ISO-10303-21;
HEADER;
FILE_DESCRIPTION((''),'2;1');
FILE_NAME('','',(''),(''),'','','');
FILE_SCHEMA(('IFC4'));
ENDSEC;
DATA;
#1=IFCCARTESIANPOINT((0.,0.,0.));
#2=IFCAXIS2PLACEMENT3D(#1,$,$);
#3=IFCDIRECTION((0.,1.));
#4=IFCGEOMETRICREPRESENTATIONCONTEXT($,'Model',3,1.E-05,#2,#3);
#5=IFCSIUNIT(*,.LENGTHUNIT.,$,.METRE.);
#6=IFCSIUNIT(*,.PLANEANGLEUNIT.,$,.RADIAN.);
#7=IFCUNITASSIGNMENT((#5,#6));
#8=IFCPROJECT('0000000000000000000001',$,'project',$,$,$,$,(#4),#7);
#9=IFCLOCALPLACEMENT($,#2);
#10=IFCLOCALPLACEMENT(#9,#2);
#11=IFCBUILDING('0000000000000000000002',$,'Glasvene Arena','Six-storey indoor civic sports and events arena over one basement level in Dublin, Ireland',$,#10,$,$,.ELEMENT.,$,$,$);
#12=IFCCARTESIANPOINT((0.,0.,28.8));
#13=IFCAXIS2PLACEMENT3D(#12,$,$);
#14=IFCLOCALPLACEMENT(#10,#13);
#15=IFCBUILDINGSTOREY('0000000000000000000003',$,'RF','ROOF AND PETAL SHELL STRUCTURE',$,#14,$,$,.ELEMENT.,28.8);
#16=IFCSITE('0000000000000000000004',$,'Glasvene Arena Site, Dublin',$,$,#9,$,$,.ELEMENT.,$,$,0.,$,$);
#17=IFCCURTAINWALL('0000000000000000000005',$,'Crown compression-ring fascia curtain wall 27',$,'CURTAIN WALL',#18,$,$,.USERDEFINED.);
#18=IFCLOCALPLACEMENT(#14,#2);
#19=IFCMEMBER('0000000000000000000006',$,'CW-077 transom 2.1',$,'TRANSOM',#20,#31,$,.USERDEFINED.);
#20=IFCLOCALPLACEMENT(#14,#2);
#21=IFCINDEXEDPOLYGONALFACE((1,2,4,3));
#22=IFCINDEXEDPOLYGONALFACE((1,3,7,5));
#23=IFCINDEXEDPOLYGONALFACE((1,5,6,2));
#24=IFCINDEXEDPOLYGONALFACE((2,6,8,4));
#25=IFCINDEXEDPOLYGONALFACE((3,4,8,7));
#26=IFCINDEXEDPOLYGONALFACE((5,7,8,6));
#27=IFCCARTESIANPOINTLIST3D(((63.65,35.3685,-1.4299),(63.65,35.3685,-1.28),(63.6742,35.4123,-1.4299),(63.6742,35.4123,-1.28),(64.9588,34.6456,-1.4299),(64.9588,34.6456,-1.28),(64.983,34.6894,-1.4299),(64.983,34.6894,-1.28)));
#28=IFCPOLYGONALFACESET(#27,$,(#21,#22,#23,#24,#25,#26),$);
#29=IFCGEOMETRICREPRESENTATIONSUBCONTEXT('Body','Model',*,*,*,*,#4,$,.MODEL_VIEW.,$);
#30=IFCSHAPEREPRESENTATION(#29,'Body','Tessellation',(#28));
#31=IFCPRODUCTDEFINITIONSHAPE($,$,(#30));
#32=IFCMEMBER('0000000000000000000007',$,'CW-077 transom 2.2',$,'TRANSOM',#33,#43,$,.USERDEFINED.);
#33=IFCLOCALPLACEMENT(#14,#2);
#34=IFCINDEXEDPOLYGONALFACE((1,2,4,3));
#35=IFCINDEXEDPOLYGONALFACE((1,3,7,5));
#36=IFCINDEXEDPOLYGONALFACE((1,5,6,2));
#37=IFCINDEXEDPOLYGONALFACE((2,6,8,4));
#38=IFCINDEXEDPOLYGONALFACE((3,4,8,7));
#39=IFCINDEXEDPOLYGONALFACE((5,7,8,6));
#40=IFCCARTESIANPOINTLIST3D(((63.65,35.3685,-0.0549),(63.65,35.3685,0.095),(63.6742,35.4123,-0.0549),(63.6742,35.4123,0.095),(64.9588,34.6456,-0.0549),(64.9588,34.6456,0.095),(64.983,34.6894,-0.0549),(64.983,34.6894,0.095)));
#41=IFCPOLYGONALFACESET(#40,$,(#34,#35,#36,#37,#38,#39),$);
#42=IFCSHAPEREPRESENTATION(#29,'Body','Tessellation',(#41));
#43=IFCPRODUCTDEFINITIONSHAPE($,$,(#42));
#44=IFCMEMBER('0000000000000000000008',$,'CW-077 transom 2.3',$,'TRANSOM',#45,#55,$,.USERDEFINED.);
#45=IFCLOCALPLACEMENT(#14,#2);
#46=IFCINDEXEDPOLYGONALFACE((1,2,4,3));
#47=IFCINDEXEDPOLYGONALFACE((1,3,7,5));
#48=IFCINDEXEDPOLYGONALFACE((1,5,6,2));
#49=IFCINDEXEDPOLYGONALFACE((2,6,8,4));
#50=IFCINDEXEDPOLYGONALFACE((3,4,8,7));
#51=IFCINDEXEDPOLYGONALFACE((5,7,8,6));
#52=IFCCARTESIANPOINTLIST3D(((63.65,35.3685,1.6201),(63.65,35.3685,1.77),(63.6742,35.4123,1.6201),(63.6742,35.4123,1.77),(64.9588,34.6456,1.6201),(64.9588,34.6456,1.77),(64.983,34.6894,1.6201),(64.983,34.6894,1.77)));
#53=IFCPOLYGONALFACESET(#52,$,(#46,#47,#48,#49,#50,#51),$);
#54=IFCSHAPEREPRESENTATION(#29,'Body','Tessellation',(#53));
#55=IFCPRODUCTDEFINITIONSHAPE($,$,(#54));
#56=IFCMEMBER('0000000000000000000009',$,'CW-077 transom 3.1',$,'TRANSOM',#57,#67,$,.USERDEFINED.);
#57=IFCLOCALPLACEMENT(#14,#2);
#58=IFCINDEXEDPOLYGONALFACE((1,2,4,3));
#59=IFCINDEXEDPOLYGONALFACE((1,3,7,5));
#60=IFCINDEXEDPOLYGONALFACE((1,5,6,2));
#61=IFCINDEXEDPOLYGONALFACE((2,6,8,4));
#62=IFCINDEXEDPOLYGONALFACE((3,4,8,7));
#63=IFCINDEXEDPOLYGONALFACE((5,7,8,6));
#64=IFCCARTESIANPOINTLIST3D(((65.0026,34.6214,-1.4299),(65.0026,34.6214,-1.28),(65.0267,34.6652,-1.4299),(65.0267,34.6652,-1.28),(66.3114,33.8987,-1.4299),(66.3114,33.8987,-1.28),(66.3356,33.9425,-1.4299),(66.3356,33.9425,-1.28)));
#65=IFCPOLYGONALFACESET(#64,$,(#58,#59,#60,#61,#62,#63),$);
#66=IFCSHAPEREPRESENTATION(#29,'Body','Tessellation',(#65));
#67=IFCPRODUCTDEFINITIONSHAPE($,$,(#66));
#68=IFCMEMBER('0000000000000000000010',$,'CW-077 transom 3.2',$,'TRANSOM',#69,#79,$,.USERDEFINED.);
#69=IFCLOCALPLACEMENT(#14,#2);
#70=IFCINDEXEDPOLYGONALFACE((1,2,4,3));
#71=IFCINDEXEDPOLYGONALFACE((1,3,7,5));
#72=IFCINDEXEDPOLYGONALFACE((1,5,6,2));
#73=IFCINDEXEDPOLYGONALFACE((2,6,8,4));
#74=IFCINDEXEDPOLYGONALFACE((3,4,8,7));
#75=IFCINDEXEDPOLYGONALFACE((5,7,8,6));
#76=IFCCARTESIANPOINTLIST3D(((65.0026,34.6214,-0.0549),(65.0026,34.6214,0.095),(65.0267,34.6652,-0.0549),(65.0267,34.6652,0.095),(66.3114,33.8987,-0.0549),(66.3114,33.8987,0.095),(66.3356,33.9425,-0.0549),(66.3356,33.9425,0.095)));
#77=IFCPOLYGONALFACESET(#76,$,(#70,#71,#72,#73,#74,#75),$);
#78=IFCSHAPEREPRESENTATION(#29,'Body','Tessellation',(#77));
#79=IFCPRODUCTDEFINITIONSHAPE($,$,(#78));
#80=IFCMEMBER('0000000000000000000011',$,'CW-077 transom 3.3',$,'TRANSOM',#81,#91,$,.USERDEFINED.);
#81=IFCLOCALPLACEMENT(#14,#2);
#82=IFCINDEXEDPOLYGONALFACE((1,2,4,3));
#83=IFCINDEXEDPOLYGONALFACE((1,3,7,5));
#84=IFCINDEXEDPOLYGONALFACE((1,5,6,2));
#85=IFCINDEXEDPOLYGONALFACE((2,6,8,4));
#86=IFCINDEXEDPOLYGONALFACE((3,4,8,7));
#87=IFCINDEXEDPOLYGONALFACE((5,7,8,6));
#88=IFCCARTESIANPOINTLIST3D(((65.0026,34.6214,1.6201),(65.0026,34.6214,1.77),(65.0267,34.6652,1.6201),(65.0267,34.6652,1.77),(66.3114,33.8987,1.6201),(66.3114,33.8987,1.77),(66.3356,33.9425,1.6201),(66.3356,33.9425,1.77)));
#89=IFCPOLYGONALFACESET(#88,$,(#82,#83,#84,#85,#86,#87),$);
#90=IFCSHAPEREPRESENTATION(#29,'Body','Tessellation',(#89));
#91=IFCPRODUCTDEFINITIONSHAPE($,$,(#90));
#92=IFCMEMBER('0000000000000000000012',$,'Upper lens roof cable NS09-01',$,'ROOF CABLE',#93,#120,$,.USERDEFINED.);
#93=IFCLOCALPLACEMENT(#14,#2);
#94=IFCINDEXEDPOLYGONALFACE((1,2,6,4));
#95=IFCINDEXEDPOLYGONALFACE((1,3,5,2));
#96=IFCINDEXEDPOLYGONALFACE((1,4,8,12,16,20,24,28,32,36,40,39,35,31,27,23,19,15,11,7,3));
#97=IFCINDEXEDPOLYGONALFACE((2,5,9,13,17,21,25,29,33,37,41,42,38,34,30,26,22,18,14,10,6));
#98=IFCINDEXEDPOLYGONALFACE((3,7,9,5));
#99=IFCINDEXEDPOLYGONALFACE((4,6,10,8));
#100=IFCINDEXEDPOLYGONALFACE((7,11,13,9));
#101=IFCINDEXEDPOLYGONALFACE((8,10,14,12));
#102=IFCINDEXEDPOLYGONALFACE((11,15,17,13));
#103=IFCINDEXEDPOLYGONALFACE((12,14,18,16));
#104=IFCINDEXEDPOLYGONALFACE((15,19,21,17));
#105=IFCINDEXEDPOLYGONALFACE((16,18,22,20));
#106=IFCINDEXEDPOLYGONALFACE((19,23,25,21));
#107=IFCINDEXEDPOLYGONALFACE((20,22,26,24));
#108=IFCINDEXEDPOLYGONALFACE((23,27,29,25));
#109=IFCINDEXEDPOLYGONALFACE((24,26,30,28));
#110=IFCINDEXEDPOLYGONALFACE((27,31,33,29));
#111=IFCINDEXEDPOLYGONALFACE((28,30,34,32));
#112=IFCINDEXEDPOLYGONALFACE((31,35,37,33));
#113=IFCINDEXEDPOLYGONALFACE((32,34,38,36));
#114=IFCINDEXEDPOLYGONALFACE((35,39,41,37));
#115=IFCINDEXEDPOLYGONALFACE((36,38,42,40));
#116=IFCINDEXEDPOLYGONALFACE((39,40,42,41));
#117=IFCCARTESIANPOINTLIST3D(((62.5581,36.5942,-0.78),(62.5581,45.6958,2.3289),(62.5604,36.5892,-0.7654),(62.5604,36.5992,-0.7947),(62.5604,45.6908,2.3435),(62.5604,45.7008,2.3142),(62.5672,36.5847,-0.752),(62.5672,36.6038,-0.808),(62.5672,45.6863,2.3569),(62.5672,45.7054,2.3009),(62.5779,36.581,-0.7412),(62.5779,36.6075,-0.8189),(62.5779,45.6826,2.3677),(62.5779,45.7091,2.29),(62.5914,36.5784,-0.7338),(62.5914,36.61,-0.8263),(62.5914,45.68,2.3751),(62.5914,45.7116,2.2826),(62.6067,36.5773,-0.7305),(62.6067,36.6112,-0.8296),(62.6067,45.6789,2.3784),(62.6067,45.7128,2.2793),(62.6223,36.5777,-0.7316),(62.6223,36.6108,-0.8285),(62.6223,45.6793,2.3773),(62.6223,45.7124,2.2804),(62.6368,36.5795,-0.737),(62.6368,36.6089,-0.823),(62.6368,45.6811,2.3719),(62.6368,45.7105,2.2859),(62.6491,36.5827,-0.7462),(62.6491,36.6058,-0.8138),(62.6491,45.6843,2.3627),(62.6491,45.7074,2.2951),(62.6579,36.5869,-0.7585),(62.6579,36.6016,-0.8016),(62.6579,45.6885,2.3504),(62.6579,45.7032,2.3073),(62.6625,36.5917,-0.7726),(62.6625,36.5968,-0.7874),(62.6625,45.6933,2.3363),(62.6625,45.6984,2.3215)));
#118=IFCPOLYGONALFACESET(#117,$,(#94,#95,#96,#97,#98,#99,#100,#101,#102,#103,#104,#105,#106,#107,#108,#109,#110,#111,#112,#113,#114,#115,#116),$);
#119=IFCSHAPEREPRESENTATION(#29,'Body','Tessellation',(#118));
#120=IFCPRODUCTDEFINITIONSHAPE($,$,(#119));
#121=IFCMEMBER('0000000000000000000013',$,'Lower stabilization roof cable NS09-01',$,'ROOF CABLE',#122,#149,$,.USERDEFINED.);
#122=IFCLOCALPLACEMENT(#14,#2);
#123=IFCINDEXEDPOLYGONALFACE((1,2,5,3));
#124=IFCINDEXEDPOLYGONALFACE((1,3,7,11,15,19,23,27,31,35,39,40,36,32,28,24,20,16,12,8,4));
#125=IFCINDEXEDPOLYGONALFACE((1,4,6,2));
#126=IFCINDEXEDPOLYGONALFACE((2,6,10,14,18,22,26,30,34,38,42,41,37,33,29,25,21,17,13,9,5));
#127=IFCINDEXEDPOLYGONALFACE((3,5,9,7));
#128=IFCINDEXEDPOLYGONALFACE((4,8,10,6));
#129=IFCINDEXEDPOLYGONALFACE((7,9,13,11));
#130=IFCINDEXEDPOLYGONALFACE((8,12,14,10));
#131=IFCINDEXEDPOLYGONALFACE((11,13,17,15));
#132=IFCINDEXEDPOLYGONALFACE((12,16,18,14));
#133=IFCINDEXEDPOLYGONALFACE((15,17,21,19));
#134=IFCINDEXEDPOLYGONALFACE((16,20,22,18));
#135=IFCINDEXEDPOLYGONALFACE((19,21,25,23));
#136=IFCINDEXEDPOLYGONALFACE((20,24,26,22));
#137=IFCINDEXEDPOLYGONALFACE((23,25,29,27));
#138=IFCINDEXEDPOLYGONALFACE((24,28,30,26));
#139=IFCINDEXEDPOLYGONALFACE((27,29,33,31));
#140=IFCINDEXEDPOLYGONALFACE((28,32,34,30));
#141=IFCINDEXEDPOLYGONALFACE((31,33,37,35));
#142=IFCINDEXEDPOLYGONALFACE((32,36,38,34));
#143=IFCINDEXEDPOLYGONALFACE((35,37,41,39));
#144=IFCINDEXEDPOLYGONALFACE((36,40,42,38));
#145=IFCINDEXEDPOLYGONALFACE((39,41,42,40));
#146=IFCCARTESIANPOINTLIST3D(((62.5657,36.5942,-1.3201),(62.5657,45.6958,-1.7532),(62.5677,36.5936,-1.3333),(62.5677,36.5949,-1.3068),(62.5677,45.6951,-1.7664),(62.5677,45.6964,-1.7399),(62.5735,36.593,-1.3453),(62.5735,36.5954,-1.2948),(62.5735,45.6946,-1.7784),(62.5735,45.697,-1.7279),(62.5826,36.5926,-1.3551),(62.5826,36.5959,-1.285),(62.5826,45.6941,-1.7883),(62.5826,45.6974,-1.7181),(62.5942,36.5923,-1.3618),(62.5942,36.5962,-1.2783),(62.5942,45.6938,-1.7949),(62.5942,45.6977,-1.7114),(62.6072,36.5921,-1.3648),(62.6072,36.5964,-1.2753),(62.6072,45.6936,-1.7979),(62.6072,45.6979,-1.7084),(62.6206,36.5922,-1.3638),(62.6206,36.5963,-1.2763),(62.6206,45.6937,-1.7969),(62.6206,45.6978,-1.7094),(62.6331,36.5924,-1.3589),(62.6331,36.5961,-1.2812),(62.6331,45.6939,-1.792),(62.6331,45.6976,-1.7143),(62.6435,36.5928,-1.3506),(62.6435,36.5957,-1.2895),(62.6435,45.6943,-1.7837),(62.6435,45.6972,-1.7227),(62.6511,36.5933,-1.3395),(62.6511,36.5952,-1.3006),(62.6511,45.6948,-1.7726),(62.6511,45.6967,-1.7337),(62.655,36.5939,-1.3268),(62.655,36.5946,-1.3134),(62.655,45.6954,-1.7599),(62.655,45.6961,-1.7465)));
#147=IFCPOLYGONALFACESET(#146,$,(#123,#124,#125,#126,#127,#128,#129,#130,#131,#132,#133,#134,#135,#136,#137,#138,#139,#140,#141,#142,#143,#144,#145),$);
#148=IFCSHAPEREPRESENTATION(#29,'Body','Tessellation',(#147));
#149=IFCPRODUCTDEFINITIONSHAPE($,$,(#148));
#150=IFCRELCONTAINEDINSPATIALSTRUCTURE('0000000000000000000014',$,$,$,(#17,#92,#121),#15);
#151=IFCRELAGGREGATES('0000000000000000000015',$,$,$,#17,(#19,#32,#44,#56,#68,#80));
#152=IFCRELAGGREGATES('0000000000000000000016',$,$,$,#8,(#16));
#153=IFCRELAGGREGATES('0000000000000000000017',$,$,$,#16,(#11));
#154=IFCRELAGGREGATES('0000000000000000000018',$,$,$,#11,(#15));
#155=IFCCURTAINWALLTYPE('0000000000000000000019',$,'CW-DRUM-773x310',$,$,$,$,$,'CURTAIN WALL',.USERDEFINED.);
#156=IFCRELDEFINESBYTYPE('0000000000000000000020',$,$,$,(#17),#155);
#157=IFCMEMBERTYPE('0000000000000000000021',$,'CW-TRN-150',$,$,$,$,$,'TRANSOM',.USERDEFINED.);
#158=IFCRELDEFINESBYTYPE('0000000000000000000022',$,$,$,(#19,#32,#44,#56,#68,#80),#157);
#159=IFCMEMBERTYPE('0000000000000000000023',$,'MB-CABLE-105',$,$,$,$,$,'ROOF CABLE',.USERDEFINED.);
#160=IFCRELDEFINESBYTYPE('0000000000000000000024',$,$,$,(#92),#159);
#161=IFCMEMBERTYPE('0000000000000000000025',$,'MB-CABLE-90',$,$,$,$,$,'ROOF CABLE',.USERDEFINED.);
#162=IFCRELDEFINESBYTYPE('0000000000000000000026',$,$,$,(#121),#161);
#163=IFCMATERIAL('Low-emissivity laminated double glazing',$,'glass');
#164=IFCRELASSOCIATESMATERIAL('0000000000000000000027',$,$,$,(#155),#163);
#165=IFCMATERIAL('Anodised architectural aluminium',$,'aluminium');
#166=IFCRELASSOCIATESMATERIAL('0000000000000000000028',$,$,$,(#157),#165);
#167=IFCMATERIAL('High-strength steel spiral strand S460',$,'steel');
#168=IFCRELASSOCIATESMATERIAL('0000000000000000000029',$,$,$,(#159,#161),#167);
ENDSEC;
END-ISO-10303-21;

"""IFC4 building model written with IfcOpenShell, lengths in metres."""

from ifc_helpers import new_model, si_unit, direction, frame, origin, origin_2d, place, context, subcontext, project, spatial, rectangle, circle, extrude, material, material_profile, profile_set, type_object, element, aggregate, save


model = new_model("IFC4")

# Units and contexts
model_context = context("Model", 3, precision=1e-05, world=origin(), true_north=direction((0.0, 1.0)))
body_context = subcontext(model_context, "Body", "Model", "MODEL_VIEW")
ifc_project = project(units=[si_unit("LENGTHUNIT", "METRE"), si_unit("PLANEANGLEUNIT", "RADIAN")], contexts=[model_context])

# Site, building, storey
site_placement = place(None, origin())
site = spatial("IfcSite", under=ifc_project, at=site_placement, Name="Glasvene Arena Site, Dublin", CompositionType="ELEMENT", RefElevation=0.0)
building_placement = place(site_placement, origin())
building = spatial("IfcBuilding", under=site, at=building_placement, Name="Glasvene Arena", Description="Six-storey indoor civic sports and events arena over one basement level in Dublin, Ireland", CompositionType="ELEMENT")
storey_placement = place(building_placement, frame((0.0, 0.0, 28.8)))
storey = spatial("IfcBuildingStorey", under=building, at=storey_placement, Name="RF", Description="ROOF AND PETAL SHELL STRUCTURE", CompositionType="ELEMENT", Elevation=28.8)

# Curtain wall
ifc_material_1 = material(Name="Low-emissivity laminated double glazing", Category="glass")
ifc_material_2 = material(Name="Anodised architectural aluminium", Category="aluminium")
curtain_wall_type_1 = type_object("IfcCurtainWallType", Name="CW-DRUM-773x310", ElementType="CURTAIN WALL", PredefinedType="USERDEFINED", material=ifc_material_1)
curtain_wall_1_placement = place(storey_placement, frame((62.2876, 36.1494, 0.0)))
curtain_wall_1 = element("IfcCurtainWall", 1, at=curtain_wall_1_placement, inside=storey, type_object=curtain_wall_type_1, Name="Crown compression-ring fascia curtain wall 27", ObjectType="CURTAIN WALL", PredefinedType="USERDEFINED")

# Members
ifc_material_profile_1 = material_profile(ifc_material_2, rectangle(XDim=0.05, YDim=0.1499, at=origin_2d()), Name="ALU TRANSOM 50x150")
ifc_profile_set_1 = profile_set([ifc_material_profile_1], Name="Anodised architectural aluminium")
member_type_1 = type_object("IfcMemberType", Name="CW-TRN-150", ElementType="TRANSOM", PredefinedType="USERDEFINED", material=ifc_profile_set_1)
member_1_placement = place(storey_placement, frame((63.6621, 35.3904, -1.355), z_axis=(0.875356, -0.483479, 0.0), x_axis=(0.483479, 0.875356, 0.0)))
member_1 = element("IfcMember", 2, at=member_1_placement, type_object=member_type_1, Name="CW-077 transom 2.1", ObjectType="TRANSOM", PredefinedType="USERDEFINED", context=body_context, shape_type="SweptSolid", body=[
    extrude(rectangle(XDim=0.05, YDim=0.1499, at=origin_2d()), origin(), (0.0, 0.0, 1.0), 1.4951),
])
member_2_placement = place(storey_placement, frame((63.6621, 35.3904, 0.02), z_axis=(0.875356, -0.483479, 0.0), x_axis=(0.483479, 0.875356, 0.0)))
member_2 = element("IfcMember", 3, at=member_2_placement, type_object=member_type_1, Name="CW-077 transom 2.2", ObjectType="TRANSOM", PredefinedType="USERDEFINED", context=body_context, shape_type="SweptSolid", body=[
    extrude(rectangle(XDim=0.05, YDim=0.1499, at=origin_2d()), origin(), (0.0, 0.0, 1.0), 1.4951),
])
member_3_placement = place(storey_placement, frame((63.6621, 35.3904, 1.6951), z_axis=(0.875356, -0.483479, 0.0), x_axis=(0.483479, 0.875356, 0.0)))
member_3 = element("IfcMember", 4, at=member_3_placement, type_object=member_type_1, Name="CW-077 transom 2.3", ObjectType="TRANSOM", PredefinedType="USERDEFINED", context=body_context, shape_type="SweptSolid", body=[
    extrude(rectangle(XDim=0.05, YDim=0.1499, at=origin_2d()), origin(), (0.0, 0.0, 1.0), 1.4951),
])
member_4_placement = place(storey_placement, frame((65.0146, 34.6433, -1.355), z_axis=(0.875425, -0.483354, 0.0), x_axis=(0.483354, 0.875425, 0.0)))
member_4 = element("IfcMember", 5, at=member_4_placement, type_object=member_type_1, Name="CW-077 transom 3.1", ObjectType="TRANSOM", PredefinedType="USERDEFINED", context=body_context, shape_type="SweptSolid", body=[
    extrude(rectangle(XDim=0.05, YDim=0.1499, at=origin_2d()), origin(), (0.0, 0.0, 1.0), 1.4951),
])
member_5_placement = place(storey_placement, frame((65.0146, 34.6433, 0.02), z_axis=(0.875425, -0.483354, 0.0), x_axis=(0.483354, 0.875425, 0.0)))
member_5 = element("IfcMember", 6, at=member_5_placement, type_object=member_type_1, Name="CW-077 transom 3.2", ObjectType="TRANSOM", PredefinedType="USERDEFINED", context=body_context, shape_type="SweptSolid", body=[
    extrude(rectangle(XDim=0.05, YDim=0.1499, at=origin_2d()), origin(), (0.0, 0.0, 1.0), 1.4951),
])
member_6_placement = place(storey_placement, frame((65.0146, 34.6433, 1.6951), z_axis=(0.875425, -0.483354, 0.0), x_axis=(0.483354, 0.875425, 0.0)))
member_6 = element("IfcMember", 7, at=member_6_placement, type_object=member_type_1, Name="CW-077 transom 3.3", ObjectType="TRANSOM", PredefinedType="USERDEFINED", context=body_context, shape_type="SweptSolid", body=[
    extrude(rectangle(XDim=0.05, YDim=0.1499, at=origin_2d()), origin(), (0.0, 0.0, 1.0), 1.4951),
])

# Members
ifc_material_3 = material(Name="High-strength steel spiral strand S460", Category="steel")
ifc_material_profile_2 = material_profile(ifc_material_3, circle(Radius=0.0525, at=origin_2d()), Name="LCSS D105")
ifc_profile_set_2 = profile_set([ifc_material_profile_2], Name="High-strength steel spiral strand S460")
member_type_2 = type_object("IfcMemberType", Name="MB-CABLE-105", ElementType="ROOF CABLE", PredefinedType="USERDEFINED", material=ifc_profile_set_2)
member_7_placement = place(storey_placement, frame((62.6106, 36.5942, -0.78), z_axis=(0.0, 0.946317, 0.32324), x_axis=(-1.0, 0.0, 0.0)))
element("IfcMember", 8, at=member_7_placement, inside=storey, type_object=member_type_2, Name="Upper lens roof cable NS09-01", ObjectType="ROOF CABLE", PredefinedType="USERDEFINED", context=body_context, shape_type="SweptSolid", body=[
    extrude(circle(Radius=0.0525, at=origin_2d()), origin(), (0.0, 0.0, 1.0), 9.6179),
])
ifc_material_profile_3 = material_profile(ifc_material_3, circle(Radius=0.0449, at=origin_2d()), Name="LCSS D90")
ifc_profile_set_3 = profile_set([ifc_material_profile_3], Name="High-strength steel spiral strand S460")
member_type_3 = type_object("IfcMemberType", Name="MB-CABLE-90", ElementType="ROOF CABLE", PredefinedType="USERDEFINED", material=ifc_profile_set_3)
member_8_placement = place(storey_placement, frame((62.6106, 36.5942, -1.3201), z_axis=(0.0, 0.99887, -0.047532), x_axis=(-1.0, 0.0, 0.0)))
element("IfcMember", 9, at=member_8_placement, inside=storey, type_object=member_type_3, Name="Lower stabilization roof cable NS09-01", ObjectType="ROOF CABLE", PredefinedType="USERDEFINED", context=body_context, shape_type="SweptSolid", body=[
    extrude(circle(Radius=0.0449, at=origin_2d()), origin(), (0.0, 0.0, 1.0), 9.1118),
])

aggregate(curtain_wall_1, [member_1, member_2, member_3, member_4, member_5, member_6])

save(model, "model.ifc")
